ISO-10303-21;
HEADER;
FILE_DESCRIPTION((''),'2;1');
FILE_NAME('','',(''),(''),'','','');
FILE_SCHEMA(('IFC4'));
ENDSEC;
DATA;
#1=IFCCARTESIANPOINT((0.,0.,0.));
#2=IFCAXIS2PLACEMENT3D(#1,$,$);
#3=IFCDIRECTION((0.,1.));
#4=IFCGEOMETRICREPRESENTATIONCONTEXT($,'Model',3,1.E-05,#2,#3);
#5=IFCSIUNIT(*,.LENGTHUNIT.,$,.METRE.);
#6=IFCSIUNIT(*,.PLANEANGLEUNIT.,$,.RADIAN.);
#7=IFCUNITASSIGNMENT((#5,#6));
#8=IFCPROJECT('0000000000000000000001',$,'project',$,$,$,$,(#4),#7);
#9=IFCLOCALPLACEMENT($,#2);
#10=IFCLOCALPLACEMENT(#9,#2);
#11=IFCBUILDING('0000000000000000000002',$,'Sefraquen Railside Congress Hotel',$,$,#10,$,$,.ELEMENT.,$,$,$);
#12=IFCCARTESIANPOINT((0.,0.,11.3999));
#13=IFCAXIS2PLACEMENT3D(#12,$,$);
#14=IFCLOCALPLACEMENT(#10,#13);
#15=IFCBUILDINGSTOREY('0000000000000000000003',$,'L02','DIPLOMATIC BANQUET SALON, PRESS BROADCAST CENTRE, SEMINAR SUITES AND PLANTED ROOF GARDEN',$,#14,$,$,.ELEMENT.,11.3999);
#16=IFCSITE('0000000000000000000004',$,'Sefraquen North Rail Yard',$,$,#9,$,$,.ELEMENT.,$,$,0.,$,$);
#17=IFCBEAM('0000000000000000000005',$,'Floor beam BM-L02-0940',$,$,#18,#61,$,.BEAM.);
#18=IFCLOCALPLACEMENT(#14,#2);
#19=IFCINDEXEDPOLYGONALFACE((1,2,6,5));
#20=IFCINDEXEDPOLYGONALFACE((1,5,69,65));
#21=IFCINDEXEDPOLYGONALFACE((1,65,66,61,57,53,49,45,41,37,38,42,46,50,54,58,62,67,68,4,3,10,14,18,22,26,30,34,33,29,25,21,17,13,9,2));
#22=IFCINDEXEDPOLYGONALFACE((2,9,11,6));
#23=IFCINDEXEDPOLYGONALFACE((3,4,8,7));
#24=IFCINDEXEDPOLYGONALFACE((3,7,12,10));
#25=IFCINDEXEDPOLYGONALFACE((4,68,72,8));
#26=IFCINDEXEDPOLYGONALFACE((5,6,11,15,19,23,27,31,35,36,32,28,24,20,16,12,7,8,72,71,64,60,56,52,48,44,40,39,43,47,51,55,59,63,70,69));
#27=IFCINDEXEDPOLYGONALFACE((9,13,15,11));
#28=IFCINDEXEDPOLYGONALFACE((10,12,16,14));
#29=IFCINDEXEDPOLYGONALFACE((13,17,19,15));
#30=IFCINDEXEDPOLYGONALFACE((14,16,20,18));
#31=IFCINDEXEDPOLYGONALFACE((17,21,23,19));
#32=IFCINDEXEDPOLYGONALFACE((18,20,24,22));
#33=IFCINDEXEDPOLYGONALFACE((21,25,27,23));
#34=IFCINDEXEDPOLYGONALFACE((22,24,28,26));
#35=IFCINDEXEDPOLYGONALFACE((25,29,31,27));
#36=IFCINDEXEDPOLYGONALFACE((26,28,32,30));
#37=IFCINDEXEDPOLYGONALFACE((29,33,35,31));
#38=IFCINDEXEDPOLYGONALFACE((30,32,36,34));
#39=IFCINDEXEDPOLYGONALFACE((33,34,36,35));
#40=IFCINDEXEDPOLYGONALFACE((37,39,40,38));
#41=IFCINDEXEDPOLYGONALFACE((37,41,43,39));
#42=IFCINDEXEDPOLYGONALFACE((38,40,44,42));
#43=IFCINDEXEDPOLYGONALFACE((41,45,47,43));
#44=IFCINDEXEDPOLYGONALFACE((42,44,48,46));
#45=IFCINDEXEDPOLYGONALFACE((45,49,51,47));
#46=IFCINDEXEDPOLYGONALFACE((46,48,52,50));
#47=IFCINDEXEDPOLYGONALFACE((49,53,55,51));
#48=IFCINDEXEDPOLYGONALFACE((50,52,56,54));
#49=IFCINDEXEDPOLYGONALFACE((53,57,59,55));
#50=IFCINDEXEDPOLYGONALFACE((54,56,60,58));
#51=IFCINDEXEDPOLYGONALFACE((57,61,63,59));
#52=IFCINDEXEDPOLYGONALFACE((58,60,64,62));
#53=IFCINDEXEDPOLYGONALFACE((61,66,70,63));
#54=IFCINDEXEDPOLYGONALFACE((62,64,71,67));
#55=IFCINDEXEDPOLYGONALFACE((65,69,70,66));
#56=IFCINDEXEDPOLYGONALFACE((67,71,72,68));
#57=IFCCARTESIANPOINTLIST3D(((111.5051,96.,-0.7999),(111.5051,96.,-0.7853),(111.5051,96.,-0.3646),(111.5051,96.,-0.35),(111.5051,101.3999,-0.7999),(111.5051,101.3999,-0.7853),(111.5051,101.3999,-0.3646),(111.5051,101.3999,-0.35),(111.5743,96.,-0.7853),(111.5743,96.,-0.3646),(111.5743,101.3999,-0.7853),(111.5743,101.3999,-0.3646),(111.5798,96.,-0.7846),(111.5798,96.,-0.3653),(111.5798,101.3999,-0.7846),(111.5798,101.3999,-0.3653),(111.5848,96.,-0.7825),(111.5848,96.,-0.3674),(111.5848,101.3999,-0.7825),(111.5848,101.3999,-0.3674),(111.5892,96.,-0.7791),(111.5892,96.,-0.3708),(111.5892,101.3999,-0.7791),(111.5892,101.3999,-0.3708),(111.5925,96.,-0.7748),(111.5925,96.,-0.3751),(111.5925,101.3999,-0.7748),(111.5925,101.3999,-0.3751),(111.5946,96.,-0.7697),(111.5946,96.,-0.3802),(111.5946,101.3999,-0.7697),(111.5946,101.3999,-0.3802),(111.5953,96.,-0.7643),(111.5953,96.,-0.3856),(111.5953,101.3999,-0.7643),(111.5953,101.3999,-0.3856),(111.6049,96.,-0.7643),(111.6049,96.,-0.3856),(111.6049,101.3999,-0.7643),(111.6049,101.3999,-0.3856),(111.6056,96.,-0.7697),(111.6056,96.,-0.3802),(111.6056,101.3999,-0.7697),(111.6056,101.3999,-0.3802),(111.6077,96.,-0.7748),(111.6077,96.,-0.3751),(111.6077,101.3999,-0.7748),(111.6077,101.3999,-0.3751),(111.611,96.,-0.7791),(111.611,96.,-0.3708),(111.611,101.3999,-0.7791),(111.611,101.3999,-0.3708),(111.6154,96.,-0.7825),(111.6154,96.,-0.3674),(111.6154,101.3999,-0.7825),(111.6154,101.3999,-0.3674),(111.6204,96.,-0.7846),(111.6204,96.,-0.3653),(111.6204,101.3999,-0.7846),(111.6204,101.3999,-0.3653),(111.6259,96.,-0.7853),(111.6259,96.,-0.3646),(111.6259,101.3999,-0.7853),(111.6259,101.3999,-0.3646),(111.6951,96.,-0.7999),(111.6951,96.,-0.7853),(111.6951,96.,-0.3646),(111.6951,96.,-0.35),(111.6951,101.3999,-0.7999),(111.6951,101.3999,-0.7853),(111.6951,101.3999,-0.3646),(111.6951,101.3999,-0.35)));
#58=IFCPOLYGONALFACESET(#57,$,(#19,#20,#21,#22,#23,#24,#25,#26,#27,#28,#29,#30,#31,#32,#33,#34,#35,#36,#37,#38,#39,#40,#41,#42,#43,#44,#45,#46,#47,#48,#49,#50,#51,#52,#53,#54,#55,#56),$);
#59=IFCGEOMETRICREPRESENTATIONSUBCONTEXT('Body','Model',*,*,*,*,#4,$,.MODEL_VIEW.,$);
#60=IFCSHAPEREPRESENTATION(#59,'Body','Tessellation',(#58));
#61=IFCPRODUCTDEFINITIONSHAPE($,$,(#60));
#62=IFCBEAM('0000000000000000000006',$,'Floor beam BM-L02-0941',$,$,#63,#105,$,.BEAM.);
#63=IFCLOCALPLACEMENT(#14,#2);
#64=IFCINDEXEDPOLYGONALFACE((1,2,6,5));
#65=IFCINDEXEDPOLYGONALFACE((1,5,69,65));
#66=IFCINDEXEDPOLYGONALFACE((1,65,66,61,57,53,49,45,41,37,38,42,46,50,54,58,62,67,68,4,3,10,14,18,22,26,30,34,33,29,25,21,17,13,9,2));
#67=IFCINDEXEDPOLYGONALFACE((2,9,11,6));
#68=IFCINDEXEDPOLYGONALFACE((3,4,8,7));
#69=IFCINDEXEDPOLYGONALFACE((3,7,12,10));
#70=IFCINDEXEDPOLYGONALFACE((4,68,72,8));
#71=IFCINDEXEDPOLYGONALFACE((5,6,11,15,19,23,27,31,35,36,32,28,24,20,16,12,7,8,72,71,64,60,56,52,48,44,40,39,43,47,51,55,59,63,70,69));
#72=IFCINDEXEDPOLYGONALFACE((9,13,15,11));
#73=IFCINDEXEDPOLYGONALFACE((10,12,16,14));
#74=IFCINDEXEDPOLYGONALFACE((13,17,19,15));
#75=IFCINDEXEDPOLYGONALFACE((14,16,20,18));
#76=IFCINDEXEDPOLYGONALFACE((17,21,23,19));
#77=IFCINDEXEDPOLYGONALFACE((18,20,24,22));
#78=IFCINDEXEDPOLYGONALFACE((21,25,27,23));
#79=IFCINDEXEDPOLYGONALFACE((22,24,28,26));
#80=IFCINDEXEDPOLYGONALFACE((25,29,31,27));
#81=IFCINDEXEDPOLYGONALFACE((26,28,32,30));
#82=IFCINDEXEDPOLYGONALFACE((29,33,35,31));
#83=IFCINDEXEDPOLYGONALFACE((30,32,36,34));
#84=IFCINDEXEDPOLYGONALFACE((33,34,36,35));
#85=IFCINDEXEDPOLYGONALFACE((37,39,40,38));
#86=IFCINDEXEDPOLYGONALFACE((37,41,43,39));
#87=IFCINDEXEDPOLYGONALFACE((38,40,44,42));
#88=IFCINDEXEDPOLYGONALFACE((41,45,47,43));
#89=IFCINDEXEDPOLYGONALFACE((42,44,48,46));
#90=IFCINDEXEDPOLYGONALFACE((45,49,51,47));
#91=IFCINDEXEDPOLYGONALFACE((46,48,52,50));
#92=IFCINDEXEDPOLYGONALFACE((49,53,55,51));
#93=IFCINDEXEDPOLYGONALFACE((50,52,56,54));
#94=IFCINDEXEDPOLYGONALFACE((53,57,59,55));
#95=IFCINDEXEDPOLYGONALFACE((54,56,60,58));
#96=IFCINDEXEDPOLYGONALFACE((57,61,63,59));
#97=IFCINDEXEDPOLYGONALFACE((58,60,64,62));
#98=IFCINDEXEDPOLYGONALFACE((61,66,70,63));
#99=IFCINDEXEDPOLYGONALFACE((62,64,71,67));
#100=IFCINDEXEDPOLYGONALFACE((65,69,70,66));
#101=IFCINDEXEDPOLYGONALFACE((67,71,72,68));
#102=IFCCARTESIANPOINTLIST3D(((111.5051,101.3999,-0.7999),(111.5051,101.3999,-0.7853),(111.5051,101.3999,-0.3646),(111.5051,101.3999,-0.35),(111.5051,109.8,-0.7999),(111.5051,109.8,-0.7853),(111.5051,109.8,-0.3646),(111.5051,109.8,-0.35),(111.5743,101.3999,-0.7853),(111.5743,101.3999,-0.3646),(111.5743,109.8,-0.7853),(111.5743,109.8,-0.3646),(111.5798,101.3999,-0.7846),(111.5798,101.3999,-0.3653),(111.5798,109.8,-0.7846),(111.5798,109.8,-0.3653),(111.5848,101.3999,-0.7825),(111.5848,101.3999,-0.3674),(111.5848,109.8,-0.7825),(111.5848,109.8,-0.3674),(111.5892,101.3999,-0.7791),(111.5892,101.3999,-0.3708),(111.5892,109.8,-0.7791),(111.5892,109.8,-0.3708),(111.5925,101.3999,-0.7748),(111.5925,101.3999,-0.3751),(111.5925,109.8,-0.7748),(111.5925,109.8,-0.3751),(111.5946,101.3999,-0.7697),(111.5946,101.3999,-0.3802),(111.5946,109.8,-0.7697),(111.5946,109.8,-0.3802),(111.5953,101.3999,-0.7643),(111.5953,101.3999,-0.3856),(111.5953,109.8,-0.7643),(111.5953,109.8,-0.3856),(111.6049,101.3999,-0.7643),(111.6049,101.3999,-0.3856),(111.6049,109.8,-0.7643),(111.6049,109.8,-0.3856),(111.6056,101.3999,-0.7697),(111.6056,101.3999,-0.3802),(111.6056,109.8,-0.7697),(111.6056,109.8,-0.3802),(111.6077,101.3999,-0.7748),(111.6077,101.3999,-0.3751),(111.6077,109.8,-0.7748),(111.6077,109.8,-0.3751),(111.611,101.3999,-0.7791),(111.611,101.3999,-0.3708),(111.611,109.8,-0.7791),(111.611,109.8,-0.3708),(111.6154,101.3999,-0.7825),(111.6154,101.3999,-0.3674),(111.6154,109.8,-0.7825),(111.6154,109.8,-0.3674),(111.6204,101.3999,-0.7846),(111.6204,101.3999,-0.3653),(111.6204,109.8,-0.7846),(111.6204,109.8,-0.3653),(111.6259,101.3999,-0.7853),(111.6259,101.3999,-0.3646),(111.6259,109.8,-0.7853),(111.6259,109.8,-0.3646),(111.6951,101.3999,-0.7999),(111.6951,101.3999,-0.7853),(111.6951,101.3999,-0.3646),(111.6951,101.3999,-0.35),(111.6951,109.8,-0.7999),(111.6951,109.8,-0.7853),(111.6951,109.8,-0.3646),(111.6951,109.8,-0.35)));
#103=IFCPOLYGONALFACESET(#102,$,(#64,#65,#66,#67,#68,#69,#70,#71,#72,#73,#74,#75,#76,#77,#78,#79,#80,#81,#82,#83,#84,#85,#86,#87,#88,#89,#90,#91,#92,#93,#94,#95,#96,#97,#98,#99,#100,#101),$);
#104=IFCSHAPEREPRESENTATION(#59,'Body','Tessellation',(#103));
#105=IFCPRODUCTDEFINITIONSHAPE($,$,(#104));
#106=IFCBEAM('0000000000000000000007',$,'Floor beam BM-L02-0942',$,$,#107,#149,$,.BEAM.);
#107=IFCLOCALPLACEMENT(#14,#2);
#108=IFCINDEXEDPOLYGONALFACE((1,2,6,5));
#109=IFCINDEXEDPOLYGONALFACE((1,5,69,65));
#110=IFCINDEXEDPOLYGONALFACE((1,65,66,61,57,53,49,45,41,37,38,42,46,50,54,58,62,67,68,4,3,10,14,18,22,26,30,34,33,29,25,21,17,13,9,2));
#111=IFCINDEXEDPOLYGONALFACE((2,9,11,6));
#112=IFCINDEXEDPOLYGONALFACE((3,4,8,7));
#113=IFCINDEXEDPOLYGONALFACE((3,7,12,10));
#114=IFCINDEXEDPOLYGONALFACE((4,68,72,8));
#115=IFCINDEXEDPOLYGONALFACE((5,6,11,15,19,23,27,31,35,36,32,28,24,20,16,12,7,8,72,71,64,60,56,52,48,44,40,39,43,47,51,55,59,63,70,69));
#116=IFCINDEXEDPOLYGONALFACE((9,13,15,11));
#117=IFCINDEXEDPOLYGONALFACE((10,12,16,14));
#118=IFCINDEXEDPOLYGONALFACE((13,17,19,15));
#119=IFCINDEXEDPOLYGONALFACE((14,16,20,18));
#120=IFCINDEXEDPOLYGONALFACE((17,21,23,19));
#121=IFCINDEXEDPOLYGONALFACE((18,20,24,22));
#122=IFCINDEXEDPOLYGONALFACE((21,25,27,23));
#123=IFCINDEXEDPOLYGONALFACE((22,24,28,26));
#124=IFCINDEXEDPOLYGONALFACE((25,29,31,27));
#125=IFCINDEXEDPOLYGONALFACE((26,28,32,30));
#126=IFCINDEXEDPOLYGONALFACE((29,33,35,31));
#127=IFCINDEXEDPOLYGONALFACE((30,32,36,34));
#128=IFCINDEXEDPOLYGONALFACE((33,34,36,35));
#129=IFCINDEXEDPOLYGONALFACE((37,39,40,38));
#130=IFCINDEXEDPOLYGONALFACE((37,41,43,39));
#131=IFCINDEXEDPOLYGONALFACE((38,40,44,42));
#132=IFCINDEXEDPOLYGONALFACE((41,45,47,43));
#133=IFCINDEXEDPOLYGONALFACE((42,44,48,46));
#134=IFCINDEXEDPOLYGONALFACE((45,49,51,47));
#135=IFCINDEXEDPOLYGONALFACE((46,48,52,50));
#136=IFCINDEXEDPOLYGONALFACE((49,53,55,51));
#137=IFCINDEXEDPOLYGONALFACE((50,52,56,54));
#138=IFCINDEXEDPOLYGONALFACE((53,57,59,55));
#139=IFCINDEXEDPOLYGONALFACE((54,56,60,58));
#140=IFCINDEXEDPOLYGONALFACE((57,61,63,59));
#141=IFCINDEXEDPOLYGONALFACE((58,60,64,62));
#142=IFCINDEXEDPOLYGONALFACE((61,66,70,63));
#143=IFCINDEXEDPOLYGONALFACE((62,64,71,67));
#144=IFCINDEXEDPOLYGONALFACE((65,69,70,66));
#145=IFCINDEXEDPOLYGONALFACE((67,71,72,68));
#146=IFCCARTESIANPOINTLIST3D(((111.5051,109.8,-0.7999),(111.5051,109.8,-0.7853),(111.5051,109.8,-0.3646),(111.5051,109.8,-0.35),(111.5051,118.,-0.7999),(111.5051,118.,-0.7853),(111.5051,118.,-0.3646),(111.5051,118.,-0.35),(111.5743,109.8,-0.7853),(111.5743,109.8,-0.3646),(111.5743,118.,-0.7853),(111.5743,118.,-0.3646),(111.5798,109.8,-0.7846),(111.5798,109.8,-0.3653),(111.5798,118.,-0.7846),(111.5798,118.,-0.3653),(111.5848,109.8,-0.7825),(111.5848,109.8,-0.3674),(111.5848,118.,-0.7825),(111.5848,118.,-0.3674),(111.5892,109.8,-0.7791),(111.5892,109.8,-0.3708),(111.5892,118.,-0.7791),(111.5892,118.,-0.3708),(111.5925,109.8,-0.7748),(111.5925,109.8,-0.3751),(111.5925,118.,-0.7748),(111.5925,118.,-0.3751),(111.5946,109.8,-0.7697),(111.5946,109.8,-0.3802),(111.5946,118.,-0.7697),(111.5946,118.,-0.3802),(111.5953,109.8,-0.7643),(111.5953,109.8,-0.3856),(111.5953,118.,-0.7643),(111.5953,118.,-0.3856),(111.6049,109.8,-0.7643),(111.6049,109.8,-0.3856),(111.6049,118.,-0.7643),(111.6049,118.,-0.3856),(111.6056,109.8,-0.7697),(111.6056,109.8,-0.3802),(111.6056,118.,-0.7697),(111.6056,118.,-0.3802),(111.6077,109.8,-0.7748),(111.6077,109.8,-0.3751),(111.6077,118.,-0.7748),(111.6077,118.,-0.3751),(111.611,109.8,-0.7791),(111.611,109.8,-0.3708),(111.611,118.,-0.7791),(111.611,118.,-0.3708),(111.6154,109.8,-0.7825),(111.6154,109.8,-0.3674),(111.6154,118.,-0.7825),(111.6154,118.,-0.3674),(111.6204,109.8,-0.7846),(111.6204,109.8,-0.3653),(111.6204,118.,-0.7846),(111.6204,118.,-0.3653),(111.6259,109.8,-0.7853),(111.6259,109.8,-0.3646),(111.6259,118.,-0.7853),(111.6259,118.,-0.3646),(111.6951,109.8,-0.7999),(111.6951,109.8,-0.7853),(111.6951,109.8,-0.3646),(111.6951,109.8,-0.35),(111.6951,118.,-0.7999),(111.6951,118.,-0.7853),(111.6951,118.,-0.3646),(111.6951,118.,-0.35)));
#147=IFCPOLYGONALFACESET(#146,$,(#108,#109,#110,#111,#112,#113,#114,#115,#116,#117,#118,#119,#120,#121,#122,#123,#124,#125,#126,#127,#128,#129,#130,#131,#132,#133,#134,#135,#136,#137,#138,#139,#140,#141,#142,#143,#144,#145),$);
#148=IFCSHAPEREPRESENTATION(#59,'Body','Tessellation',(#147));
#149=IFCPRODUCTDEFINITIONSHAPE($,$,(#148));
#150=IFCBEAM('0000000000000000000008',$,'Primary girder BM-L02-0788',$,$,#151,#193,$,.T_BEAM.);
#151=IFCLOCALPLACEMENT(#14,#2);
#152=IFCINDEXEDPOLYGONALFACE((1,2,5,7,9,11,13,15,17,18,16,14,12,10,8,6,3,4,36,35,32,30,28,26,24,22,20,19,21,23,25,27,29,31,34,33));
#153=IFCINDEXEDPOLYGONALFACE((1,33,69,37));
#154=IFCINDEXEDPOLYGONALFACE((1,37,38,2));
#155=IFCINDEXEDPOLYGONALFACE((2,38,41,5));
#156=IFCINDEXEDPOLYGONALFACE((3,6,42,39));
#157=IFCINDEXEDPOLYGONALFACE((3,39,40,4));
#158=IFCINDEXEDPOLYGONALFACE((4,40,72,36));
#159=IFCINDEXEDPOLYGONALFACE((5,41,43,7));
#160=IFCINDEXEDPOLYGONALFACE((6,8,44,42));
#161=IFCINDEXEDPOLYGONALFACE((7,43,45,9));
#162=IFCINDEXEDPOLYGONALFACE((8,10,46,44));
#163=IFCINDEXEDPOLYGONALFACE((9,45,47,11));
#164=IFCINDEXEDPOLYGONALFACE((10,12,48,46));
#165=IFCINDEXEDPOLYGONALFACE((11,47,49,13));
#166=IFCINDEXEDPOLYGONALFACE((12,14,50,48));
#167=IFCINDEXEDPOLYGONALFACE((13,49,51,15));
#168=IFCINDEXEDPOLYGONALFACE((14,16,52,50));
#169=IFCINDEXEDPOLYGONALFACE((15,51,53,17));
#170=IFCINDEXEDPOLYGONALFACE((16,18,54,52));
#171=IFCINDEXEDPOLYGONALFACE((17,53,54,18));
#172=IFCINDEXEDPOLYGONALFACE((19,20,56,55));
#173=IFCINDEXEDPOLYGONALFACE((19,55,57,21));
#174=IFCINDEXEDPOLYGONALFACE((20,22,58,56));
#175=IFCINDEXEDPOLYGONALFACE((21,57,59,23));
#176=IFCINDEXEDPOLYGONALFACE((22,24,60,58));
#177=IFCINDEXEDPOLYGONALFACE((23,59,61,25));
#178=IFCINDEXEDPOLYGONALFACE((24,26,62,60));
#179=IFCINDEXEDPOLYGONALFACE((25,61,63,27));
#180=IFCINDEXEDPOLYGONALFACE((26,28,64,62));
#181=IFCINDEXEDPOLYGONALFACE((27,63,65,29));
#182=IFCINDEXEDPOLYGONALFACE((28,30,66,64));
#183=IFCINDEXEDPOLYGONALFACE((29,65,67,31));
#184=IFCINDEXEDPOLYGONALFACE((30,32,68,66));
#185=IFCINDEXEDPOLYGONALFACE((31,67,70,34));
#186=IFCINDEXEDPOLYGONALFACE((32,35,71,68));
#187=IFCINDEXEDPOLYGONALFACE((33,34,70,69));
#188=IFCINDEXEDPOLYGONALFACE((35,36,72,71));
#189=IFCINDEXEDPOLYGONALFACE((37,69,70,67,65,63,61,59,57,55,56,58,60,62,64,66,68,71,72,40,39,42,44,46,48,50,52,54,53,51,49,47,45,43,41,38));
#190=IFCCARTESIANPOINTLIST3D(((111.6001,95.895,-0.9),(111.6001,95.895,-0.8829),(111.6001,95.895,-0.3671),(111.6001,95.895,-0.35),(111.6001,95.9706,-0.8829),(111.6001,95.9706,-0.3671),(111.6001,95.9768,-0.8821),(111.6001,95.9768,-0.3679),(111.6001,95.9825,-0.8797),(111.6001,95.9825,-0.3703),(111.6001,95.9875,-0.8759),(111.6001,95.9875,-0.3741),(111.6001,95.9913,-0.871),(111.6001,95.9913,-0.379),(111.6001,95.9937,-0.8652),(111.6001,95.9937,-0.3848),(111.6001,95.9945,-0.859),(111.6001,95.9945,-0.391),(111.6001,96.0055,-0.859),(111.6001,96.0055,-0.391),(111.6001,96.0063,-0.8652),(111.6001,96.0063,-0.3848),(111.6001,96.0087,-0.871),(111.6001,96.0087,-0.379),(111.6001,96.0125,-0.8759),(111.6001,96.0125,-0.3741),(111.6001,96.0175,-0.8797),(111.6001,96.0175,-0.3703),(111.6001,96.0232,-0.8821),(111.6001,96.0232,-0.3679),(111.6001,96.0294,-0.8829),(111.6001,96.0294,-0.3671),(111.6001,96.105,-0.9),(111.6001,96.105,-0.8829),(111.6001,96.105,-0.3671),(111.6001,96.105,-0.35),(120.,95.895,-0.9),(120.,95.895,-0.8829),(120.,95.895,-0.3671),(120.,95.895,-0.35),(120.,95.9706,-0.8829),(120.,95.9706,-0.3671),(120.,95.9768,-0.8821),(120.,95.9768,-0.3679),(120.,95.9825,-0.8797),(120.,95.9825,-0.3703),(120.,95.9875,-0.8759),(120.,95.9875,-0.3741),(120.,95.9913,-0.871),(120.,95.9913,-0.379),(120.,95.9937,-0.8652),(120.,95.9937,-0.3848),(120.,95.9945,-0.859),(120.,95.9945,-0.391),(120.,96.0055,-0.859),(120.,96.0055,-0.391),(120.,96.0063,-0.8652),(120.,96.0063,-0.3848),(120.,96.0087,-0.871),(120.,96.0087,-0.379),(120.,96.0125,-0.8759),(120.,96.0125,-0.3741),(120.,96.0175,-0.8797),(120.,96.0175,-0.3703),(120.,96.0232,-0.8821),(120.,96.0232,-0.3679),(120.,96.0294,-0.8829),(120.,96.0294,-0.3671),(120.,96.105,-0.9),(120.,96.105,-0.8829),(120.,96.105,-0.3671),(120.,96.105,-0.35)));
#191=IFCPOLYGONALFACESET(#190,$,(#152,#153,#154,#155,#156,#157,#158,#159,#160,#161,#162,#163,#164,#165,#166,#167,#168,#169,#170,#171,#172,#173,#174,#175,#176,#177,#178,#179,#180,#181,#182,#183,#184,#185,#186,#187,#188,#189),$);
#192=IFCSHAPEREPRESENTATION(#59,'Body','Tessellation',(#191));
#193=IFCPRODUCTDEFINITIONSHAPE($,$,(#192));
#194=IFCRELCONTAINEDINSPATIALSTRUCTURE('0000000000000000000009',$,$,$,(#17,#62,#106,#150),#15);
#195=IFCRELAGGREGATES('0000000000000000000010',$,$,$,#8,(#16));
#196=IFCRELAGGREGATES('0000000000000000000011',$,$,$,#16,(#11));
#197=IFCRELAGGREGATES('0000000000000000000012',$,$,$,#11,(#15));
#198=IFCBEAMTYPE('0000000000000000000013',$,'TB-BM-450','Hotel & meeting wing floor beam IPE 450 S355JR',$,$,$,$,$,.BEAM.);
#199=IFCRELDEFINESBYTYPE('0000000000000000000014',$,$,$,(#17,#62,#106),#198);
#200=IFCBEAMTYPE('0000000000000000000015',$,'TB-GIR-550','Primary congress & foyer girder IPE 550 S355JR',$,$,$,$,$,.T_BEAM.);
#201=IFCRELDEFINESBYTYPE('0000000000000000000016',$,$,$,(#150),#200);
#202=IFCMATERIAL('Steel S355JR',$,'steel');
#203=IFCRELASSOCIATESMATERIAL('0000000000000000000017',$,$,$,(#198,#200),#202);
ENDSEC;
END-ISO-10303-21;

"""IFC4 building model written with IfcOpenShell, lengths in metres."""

from ifc_helpers import new_model, si_unit, direction, frame, origin, origin_2d, place, context, subcontext, project, spatial, i_section, extrude, material, material_profile, profile_set, type_object, element, save


model = new_model("IFC4")

# Units and contexts
model_context = context("Model", 3, precision=1e-05, world=origin(), true_north=direction((0.0, 1.0)))
body_context = subcontext(model_context, "Body", "Model", "MODEL_VIEW")
ifc_project = project(units=[si_unit("LENGTHUNIT", "METRE"), si_unit("PLANEANGLEUNIT", "RADIAN")], contexts=[model_context])

# Site, building, storey
site_placement = place(None, origin())
site = spatial("IfcSite", under=ifc_project, at=site_placement, Name="Sefraquen North Rail Yard", CompositionType="ELEMENT", RefElevation=0.0)
building_placement = place(site_placement, origin())
building = spatial("IfcBuilding", under=site, at=building_placement, Name="Sefraquen Railside Congress Hotel", CompositionType="ELEMENT")
storey_placement = place(building_placement, frame((0.0, 0.0, 11.3999)))
storey = spatial("IfcBuildingStorey", under=building, at=storey_placement, Name="L02", Description="DIPLOMATIC BANQUET SALON, PRESS BROADCAST CENTRE, SEMINAR SUITES AND PLANTED ROOF GARDEN", CompositionType="ELEMENT", Elevation=11.3999)

# Shared definitions
ifc_material = material(Name="Steel S355JR", Category="steel")

# Beams
ifc_material_profile_1 = material_profile(ifc_material, i_section(OverallWidth=0.1899, OverallDepth=0.45, WebThickness=0.0095, FlangeThickness=0.0146, FilletRadius=0.021, at=origin_2d()), Name="IPE 450")
ifc_profile_set_1 = profile_set([ifc_material_profile_1], Name="Steel S355JR")
beam_type_1 = type_object("IfcBeamType", Name="TB-BM-450", Description="Hotel & meeting wing floor beam IPE 450 S355JR", PredefinedType="BEAM", material=ifc_profile_set_1)
beam_1_placement = place(storey_placement, frame((111.6001, 96.0, -0.575), z_axis=(0.0, 1.0, 0.0), x_axis=(-1.0, 0.0, 0.0)))
element("IfcBeam", 1, at=beam_1_placement, inside=storey, type_object=beam_type_1, Name="Floor beam BM-L02-0940", PredefinedType="BEAM", context=body_context, shape_type="SweptSolid", body=[
    extrude(i_section(OverallWidth=0.1899, OverallDepth=0.45, WebThickness=0.0095, FlangeThickness=0.0146, FilletRadius=0.021, at=origin_2d()), origin(), (0.0, 0.0, 1.0), 5.3999),
])
beam_2_placement = place(storey_placement, frame((111.6001, 101.3999, -0.575), z_axis=(0.0, 1.0, 0.0), x_axis=(-1.0, 0.0, 0.0)))
element("IfcBeam", 2, at=beam_2_placement, inside=storey, type_object=beam_type_1, Name="Floor beam BM-L02-0941", PredefinedType="BEAM", context=body_context, shape_type="SweptSolid", body=[
    extrude(i_section(OverallWidth=0.1899, OverallDepth=0.45, WebThickness=0.0095, FlangeThickness=0.0146, FilletRadius=0.021, at=origin_2d()), origin(), (0.0, 0.0, 1.0), 8.4001),
])
beam_3_placement = place(storey_placement, frame((111.6001, 109.8, -0.575), z_axis=(0.0, 1.0, 0.0), x_axis=(-1.0, 0.0, 0.0)))
element("IfcBeam", 3, at=beam_3_placement, inside=storey, type_object=beam_type_1, Name="Floor beam BM-L02-0942", PredefinedType="BEAM", context=body_context, shape_type="SweptSolid", body=[
    extrude(i_section(OverallWidth=0.1899, OverallDepth=0.45, WebThickness=0.0095, FlangeThickness=0.0146, FilletRadius=0.021, at=origin_2d()), origin(), (0.0, 0.0, 1.0), 8.2),
])
ifc_material_profile_2 = material_profile(ifc_material, i_section(OverallWidth=0.21, OverallDepth=0.55, WebThickness=0.011, FlangeThickness=0.0171, FilletRadius=0.0239, at=origin_2d()), Name="IPE 550")
ifc_profile_set_2 = profile_set([ifc_material_profile_2], Name="Steel S355JR")
beam_type_2 = type_object("IfcBeamType", Name="TB-GIR-550", Description="Primary congress & foyer girder IPE 550 S355JR", PredefinedType="T_BEAM", material=ifc_profile_set_2)
beam_4_placement = place(storey_placement, frame((111.6001, 96.0, -0.625), z_axis=(1.0, 0.0, 0.0), x_axis=(0.0, 1.0, 0.0)))
element("IfcBeam", 4, at=beam_4_placement, inside=storey, type_object=beam_type_2, Name="Primary girder BM-L02-0788", PredefinedType="T_BEAM", context=body_context, shape_type="SweptSolid", body=[
    extrude(i_section(OverallWidth=0.21, OverallDepth=0.55, WebThickness=0.011, FlangeThickness=0.0171, FilletRadius=0.0239, at=origin_2d()), origin(), (0.0, 0.0, 1.0), 8.3999),
])

save(model, "model.ifc")
